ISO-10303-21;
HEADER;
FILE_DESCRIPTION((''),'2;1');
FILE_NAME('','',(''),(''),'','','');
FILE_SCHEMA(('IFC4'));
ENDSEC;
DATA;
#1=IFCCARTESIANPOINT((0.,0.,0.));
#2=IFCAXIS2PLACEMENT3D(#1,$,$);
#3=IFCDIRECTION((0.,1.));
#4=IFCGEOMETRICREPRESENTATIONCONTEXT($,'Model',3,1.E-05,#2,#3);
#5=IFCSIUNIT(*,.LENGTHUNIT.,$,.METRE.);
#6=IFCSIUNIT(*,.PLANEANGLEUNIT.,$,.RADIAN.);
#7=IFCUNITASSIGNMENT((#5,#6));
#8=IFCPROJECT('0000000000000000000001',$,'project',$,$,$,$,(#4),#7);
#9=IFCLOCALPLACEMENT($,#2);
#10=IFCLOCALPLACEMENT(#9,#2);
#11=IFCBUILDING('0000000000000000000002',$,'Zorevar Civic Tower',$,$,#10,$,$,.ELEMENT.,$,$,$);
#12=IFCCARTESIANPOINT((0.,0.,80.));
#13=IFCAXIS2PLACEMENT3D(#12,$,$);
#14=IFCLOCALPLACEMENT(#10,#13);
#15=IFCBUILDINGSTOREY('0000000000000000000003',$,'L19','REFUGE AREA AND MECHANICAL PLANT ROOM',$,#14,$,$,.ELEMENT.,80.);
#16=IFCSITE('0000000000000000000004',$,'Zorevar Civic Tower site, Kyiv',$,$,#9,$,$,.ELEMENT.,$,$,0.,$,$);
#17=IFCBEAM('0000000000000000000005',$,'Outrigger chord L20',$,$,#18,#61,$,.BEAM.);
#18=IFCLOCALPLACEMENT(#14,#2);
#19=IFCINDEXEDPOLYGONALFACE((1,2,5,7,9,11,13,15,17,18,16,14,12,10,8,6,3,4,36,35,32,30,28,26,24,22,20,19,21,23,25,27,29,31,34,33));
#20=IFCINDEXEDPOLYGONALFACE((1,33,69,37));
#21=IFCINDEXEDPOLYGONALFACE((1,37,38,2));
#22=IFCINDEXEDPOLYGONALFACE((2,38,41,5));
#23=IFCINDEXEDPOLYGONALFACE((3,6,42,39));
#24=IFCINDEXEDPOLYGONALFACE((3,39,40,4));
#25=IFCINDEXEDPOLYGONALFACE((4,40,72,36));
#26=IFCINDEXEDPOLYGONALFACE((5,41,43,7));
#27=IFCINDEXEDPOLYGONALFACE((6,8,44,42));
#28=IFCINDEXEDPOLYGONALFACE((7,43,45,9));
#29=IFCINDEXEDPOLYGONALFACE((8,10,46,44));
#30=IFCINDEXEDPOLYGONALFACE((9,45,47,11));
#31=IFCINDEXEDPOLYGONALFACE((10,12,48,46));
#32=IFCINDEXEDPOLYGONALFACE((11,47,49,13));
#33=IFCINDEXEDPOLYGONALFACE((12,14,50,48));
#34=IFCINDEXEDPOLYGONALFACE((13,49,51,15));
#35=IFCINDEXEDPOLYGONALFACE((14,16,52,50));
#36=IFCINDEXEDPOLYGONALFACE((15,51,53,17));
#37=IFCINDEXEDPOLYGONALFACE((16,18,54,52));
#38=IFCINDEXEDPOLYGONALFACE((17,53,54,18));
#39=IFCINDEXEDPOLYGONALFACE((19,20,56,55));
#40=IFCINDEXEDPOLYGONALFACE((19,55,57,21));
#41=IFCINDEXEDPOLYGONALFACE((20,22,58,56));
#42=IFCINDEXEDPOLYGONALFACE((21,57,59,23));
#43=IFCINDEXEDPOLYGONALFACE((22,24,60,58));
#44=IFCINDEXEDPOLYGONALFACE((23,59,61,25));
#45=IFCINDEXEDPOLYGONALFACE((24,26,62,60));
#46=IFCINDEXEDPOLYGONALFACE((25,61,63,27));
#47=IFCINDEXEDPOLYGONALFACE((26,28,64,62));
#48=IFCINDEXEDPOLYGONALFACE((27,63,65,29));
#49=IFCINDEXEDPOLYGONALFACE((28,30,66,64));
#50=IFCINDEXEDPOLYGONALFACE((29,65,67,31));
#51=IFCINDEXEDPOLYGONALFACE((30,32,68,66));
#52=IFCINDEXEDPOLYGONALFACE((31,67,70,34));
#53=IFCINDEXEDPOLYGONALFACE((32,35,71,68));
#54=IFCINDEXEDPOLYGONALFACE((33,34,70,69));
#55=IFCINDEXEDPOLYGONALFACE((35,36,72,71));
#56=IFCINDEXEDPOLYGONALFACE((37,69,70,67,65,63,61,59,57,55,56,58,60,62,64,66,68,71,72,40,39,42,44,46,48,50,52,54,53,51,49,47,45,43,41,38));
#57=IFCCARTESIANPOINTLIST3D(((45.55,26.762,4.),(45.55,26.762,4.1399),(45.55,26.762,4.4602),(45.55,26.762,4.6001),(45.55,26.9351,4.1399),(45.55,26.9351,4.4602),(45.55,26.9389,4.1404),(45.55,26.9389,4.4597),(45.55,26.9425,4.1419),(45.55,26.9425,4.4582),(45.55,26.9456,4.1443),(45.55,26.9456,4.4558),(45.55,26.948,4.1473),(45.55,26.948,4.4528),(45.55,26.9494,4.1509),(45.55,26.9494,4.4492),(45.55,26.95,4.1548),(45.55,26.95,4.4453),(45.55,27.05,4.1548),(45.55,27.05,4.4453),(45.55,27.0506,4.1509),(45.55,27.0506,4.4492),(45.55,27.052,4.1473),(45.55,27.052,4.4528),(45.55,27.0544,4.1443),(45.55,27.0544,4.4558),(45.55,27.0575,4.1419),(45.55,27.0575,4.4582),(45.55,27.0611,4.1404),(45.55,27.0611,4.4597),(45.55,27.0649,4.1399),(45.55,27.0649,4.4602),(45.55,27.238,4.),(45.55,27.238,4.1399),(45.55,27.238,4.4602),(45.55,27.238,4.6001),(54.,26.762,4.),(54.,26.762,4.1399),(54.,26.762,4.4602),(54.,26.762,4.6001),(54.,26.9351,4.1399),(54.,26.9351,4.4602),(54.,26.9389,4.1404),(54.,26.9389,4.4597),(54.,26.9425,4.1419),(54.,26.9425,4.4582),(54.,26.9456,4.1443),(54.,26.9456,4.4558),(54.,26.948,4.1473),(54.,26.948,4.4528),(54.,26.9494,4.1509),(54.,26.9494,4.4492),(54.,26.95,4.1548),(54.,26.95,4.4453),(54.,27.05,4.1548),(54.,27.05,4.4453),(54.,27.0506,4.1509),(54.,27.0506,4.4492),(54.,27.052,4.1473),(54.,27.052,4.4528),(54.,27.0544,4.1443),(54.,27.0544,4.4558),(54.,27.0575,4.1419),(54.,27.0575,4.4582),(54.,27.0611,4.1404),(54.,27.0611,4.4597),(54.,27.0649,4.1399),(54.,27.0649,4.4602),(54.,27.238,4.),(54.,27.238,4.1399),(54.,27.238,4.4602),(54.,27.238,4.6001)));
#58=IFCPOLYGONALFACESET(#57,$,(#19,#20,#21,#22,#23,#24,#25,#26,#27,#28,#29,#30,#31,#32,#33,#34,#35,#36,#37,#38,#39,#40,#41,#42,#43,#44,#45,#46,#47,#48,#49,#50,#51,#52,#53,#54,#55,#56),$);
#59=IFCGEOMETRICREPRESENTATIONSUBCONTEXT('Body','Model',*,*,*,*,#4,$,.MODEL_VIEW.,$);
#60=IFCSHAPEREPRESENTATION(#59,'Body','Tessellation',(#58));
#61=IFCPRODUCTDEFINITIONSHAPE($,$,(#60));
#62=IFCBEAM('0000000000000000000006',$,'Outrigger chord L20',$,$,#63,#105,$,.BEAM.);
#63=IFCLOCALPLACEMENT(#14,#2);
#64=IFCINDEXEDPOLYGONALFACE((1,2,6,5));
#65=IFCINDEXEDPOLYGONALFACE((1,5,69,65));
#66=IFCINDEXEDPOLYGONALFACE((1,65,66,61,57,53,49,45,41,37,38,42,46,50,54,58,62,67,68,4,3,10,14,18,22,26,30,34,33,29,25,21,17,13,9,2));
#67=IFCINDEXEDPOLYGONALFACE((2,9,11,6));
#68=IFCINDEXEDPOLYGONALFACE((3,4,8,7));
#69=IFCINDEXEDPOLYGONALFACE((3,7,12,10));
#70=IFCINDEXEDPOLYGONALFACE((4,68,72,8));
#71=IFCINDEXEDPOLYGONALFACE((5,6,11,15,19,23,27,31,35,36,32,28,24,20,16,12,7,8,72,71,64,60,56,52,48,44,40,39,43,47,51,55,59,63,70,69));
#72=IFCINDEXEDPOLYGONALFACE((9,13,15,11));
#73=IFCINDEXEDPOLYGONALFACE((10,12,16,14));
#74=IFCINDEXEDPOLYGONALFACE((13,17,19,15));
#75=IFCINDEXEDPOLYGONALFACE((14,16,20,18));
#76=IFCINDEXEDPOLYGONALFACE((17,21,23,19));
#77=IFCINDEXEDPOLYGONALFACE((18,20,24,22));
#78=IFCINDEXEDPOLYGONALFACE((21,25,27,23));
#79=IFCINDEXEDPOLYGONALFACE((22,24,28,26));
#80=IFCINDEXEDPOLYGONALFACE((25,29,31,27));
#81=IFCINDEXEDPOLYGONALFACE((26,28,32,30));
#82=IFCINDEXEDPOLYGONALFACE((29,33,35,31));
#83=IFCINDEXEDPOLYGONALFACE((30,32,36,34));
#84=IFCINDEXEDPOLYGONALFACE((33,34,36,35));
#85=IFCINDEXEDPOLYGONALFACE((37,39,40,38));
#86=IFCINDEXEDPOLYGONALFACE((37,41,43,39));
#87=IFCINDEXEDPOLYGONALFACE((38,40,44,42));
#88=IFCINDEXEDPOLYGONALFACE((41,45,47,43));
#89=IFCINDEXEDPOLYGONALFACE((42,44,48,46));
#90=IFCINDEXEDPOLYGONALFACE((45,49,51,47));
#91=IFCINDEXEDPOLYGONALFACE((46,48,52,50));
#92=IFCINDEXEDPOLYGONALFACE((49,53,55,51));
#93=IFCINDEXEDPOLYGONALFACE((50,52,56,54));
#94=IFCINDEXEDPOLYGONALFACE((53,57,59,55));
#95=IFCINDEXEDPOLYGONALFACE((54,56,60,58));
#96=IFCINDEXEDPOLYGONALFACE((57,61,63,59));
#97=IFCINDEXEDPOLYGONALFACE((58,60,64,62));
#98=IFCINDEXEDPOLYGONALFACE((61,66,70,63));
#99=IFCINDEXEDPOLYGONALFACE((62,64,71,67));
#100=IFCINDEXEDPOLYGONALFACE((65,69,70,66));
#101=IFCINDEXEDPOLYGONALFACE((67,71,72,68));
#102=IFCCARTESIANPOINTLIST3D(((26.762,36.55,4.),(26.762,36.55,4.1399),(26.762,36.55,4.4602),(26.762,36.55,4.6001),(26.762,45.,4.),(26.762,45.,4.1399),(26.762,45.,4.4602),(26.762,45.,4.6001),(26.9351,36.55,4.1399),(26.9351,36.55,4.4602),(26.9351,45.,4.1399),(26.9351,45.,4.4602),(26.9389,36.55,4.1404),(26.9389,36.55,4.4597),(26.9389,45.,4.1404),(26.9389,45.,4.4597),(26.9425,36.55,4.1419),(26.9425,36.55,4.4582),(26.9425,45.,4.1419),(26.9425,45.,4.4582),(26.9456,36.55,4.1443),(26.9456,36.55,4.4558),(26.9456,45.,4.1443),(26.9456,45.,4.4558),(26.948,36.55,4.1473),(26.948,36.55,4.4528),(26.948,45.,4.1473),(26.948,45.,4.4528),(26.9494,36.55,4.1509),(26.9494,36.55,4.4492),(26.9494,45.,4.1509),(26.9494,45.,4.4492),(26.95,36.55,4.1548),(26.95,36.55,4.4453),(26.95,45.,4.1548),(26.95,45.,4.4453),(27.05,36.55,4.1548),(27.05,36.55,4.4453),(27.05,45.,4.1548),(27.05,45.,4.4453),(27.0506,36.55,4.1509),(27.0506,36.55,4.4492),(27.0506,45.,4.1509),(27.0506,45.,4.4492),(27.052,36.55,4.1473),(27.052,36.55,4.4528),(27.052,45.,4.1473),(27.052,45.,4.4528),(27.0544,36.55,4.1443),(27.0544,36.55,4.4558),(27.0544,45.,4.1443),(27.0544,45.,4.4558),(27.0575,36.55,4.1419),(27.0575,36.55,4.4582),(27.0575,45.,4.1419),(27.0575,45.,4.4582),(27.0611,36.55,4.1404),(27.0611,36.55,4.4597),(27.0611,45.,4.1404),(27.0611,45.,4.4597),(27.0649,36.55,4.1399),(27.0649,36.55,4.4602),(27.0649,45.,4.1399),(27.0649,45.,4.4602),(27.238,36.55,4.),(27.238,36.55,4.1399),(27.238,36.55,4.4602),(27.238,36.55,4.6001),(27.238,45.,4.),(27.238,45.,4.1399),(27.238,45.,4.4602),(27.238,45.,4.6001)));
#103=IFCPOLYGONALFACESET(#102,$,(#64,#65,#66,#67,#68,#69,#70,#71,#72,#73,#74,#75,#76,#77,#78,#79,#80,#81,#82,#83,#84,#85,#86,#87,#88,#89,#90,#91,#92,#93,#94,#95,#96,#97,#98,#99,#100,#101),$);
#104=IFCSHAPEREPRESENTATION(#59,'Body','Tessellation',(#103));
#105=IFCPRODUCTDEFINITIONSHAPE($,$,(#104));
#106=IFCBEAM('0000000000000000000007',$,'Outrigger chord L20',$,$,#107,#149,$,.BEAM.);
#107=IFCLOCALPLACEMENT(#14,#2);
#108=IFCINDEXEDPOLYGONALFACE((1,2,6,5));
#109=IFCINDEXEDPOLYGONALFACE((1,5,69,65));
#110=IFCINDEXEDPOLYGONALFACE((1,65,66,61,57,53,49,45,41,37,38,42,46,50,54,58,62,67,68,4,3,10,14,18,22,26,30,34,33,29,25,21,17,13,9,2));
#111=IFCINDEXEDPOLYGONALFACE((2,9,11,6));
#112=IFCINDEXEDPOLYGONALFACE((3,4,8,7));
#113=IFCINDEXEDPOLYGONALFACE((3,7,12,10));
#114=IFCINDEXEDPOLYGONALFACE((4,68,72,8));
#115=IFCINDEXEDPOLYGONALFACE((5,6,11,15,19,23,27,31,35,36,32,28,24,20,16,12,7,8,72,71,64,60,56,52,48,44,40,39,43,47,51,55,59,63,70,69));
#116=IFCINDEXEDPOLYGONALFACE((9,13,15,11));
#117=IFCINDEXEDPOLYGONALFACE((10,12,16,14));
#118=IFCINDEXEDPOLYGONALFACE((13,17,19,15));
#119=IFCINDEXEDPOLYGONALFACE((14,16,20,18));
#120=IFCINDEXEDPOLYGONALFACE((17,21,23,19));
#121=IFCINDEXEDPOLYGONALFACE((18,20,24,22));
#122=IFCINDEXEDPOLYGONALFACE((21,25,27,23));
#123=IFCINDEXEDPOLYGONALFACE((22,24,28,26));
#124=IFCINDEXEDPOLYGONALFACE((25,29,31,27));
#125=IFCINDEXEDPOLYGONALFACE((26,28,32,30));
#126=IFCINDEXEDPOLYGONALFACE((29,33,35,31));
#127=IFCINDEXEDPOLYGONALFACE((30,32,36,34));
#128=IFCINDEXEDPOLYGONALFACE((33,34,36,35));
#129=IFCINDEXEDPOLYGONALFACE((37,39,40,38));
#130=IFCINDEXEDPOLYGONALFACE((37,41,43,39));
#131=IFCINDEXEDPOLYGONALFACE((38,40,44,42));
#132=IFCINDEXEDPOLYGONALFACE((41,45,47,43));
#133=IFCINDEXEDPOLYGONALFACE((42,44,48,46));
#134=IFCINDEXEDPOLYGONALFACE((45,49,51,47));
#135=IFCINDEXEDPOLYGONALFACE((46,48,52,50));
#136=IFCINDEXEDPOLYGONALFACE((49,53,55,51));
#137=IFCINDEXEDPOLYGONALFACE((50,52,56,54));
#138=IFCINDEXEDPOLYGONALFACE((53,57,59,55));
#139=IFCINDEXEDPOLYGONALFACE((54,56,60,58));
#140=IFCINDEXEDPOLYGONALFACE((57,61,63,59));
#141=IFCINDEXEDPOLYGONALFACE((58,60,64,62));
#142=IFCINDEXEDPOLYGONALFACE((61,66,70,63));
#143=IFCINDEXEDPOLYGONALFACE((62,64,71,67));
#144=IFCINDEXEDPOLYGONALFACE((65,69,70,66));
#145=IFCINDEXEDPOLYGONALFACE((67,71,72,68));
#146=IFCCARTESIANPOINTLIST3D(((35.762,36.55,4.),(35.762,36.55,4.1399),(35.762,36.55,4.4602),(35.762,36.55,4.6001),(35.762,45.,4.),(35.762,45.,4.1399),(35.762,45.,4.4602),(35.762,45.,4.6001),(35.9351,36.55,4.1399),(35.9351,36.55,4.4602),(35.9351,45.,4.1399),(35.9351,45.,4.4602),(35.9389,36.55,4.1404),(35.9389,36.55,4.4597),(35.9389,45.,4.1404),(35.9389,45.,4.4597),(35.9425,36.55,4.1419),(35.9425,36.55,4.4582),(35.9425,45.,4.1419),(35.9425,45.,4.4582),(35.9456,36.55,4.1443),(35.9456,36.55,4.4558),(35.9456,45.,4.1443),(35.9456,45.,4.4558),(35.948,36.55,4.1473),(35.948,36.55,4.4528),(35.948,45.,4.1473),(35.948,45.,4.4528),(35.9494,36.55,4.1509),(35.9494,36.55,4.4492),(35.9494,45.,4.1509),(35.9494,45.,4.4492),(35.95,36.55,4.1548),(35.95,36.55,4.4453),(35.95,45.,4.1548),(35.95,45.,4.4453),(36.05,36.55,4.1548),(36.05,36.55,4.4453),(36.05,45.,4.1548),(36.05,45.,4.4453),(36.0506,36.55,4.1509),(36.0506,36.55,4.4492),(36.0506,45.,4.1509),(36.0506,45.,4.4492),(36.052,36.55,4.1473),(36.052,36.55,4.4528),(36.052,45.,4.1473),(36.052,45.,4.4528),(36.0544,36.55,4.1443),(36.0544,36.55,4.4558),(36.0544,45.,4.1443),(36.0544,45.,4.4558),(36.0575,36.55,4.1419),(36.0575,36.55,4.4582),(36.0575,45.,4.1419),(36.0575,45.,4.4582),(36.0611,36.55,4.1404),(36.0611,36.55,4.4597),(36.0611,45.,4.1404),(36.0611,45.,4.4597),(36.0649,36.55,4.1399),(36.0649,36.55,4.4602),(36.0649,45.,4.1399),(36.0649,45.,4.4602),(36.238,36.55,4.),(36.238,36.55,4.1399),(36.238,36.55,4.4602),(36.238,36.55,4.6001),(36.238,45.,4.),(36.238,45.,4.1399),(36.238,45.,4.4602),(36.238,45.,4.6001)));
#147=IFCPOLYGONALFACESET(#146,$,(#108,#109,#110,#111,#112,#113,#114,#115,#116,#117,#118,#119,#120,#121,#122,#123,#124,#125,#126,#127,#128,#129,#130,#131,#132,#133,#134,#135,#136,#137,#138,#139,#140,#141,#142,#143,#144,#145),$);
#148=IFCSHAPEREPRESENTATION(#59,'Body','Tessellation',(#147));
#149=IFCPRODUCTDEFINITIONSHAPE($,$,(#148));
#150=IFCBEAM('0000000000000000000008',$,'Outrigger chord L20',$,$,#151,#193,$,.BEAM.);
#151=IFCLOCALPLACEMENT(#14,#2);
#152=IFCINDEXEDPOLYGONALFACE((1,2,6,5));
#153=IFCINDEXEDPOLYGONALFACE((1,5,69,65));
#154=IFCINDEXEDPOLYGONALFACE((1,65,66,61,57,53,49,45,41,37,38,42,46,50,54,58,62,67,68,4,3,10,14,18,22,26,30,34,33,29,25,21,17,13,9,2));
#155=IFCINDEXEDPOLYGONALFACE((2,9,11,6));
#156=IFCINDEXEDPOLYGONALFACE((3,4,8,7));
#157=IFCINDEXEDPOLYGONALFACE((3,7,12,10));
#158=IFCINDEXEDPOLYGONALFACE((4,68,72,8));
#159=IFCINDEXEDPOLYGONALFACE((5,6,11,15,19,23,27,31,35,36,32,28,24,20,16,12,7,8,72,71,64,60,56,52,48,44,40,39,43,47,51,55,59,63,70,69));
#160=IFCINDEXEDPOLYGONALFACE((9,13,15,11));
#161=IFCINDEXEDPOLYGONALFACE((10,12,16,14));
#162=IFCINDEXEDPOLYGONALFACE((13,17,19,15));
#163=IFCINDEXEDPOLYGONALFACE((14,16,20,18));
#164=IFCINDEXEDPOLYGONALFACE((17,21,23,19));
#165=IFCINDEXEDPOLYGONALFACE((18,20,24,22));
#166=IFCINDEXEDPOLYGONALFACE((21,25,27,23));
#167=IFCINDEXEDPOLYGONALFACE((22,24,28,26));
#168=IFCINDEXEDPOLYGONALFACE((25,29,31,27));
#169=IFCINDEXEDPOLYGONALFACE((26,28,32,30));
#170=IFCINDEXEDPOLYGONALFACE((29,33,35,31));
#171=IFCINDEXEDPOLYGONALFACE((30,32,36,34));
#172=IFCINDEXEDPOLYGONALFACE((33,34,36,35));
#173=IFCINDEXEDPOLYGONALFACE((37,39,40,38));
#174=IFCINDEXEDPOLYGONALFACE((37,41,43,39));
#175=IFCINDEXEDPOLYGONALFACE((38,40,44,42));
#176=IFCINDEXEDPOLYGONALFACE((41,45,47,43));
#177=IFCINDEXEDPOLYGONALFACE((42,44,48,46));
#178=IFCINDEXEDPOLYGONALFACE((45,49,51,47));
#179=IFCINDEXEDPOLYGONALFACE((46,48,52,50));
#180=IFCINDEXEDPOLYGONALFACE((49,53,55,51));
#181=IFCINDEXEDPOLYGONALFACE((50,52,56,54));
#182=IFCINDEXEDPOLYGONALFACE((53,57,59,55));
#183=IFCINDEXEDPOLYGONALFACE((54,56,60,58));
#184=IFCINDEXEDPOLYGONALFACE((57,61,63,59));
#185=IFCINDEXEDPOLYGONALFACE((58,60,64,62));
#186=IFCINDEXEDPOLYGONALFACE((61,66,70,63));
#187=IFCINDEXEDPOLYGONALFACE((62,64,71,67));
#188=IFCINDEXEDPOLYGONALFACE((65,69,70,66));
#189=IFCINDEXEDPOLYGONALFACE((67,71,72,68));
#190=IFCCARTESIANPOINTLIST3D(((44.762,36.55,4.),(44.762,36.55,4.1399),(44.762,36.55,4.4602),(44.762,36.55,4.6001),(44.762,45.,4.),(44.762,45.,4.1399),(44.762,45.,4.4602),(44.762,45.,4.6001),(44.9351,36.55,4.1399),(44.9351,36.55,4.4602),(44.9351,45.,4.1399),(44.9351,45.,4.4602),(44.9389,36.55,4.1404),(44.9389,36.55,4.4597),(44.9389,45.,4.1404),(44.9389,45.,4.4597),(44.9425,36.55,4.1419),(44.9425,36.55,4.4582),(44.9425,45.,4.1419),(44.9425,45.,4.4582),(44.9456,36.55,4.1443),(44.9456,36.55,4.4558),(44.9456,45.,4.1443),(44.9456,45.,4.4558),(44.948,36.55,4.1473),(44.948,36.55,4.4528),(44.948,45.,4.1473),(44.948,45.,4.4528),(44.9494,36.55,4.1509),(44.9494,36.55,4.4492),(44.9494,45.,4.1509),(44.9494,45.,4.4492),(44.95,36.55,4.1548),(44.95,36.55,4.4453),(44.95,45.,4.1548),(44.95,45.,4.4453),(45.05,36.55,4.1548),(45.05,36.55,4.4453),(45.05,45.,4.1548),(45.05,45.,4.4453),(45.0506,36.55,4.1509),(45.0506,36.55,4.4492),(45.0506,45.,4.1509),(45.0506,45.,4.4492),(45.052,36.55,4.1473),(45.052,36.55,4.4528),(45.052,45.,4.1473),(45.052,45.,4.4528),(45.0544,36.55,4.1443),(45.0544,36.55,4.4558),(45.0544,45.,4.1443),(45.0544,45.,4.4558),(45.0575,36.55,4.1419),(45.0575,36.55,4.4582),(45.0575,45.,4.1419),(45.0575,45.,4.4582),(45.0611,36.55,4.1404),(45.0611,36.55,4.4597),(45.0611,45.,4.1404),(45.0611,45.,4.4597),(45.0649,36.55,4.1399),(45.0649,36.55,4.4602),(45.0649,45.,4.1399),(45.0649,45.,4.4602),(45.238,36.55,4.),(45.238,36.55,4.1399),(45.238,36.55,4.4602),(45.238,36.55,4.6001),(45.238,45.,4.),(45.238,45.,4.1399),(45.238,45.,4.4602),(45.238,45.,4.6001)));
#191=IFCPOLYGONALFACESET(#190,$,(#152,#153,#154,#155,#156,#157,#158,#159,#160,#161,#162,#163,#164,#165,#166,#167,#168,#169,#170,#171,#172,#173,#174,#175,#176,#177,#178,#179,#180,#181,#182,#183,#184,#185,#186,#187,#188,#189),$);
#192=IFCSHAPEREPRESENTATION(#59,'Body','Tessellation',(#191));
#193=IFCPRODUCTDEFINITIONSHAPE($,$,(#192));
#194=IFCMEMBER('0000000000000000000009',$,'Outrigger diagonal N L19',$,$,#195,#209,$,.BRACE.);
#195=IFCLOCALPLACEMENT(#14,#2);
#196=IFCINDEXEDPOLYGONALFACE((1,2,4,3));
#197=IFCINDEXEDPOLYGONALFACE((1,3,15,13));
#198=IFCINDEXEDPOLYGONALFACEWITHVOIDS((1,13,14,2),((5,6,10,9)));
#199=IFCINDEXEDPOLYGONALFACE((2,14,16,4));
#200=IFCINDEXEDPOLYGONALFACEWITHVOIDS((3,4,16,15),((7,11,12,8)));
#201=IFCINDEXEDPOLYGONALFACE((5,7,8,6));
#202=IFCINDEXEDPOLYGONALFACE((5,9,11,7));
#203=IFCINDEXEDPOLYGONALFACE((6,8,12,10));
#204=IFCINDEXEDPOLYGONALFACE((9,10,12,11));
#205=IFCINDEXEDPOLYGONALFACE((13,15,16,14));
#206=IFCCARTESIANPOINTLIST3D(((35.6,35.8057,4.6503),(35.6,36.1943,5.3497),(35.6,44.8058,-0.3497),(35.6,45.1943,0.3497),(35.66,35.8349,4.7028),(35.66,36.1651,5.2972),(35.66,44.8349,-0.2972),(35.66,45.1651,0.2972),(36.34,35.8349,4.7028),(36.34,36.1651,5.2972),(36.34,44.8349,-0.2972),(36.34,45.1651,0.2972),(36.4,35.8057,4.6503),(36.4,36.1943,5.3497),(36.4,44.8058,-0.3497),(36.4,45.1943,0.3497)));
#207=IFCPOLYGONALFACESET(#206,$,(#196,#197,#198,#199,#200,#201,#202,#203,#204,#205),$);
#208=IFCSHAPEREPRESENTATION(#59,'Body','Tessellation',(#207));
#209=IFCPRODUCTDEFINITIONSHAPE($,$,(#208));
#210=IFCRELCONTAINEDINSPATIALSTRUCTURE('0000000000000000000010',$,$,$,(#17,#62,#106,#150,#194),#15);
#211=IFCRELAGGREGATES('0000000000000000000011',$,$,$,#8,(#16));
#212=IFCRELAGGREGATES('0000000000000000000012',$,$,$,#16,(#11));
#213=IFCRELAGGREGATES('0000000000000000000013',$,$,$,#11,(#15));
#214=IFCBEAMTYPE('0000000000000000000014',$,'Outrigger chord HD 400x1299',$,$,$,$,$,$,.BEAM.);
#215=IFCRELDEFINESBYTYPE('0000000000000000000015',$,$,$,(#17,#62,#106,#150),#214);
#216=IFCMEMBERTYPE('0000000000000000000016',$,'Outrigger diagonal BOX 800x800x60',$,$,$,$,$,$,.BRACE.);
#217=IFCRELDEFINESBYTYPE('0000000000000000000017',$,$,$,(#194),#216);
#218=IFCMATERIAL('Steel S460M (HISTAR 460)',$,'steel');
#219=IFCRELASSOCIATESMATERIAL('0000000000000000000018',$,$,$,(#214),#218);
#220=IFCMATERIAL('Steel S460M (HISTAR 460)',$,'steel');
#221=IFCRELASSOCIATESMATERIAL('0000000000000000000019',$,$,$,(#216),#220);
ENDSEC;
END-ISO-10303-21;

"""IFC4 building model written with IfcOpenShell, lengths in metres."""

from ifc_helpers import new_model, si_unit, direction, frame, origin, origin_2d, place, context, subcontext, project, spatial, hollow_rectangle, i_section, extrude, material, material_profile, profile_set, type_object, element, save


model = new_model("IFC4")

# Units and contexts
model_context = context("Model", 3, precision=1e-05, world=origin(), true_north=direction((0.0, 1.0)))
body_context = subcontext(model_context, "Body", "Model", "MODEL_VIEW")
ifc_project = project(units=[si_unit("LENGTHUNIT", "METRE"), si_unit("PLANEANGLEUNIT", "RADIAN")], contexts=[model_context])

# Site, building, storey
site_placement = place(None, origin())
site = spatial("IfcSite", under=ifc_project, at=site_placement, Name="Zorevar Civic Tower site, Kyiv", CompositionType="ELEMENT", RefElevation=0.0)
building_placement = place(site_placement, origin())
building = spatial("IfcBuilding", under=site, at=building_placement, Name="Zorevar Civic Tower", CompositionType="ELEMENT")
storey_placement = place(building_placement, frame((0.0, 0.0, 80.0)))
storey = spatial("IfcBuildingStorey", under=building, at=storey_placement, Name="L19", Description="REFUGE AREA AND MECHANICAL PLANT ROOM", CompositionType="ELEMENT", Elevation=80.0)

# Beams
ifc_material_1 = material(Name="Steel S460M (HISTAR 460)", Category="steel")
ifc_material_profile_1 = material_profile(ifc_material_1, i_section(OverallWidth=0.4761, OverallDepth=0.6001, WebThickness=0.1001, FlangeThickness=0.1399, FilletRadius=0.0149, at=origin_2d()), Name="HD 400x1299")
ifc_profile_set_1 = profile_set([ifc_material_profile_1], Name="Steel S460M (HISTAR 460)")
beam_type = type_object("IfcBeamType", Name="Outrigger chord HD 400x1299", PredefinedType="BEAM", material=ifc_profile_set_1)
for number, where, z_axis, x_axis, name in (
    (1, (45.55, 27.0, 4.3), (1.0, 0.0, 0.0), (0.0, 1.0, 0.0), "Outrigger chord L20"),
    (2, (27.0, 36.55, 4.3), (0.0, 1.0, 0.0), (-1.0, 0.0, 0.0), "Outrigger chord L20"),
    (3, (36.0, 36.55, 4.3), (0.0, 1.0, 0.0), (-1.0, 0.0, 0.0), "Outrigger chord L20"),
    (4, (45.0, 36.55, 4.3), (0.0, 1.0, 0.0), (-1.0, 0.0, 0.0), "Outrigger chord L20"),
):
    element("IfcBeam", number, at=place(storey_placement, frame(where, z_axis=z_axis, x_axis=x_axis)), inside=storey, type_object=beam_type, Name=name, PredefinedType="BEAM", context=body_context, shape_type="SweptSolid", body=[
        extrude(i_section(OverallWidth=0.4761, OverallDepth=0.6001, WebThickness=0.1001, FlangeThickness=0.1399, FilletRadius=0.0149, at=origin_2d()), origin(), (0.0, 0.0, 1.0), 8.45),
    ])

# Member
ifc_material_2 = material(Name="Steel S460M (HISTAR 460)", Category="steel")
ifc_material_profile_2 = material_profile(ifc_material_2, hollow_rectangle(XDim=0.8, YDim=0.8, WallThickness=0.0601, at=origin_2d()), Name="BOX 800x800x60")
ifc_profile_set_2 = profile_set([ifc_material_profile_2], Name="Steel S460M (HISTAR 460)")
member_type = type_object("IfcMemberType", Name="Outrigger diagonal BOX 800x800x60", PredefinedType="BRACE", material=ifc_profile_set_2)
for number, where, z_axis, x_axis, name in (
    (5, (36.0, 36.0, 5.0), (0.0, 0.874157, -0.485643), (-1.0, 0.0, 0.0), "Outrigger diagonal N L19"),
):
    element("IfcMember", number, at=place(storey_placement, frame(where, z_axis=z_axis, x_axis=x_axis)), inside=storey, type_object=member_type, Name=name, PredefinedType="BRACE", context=body_context, shape_type="SweptSolid", body=[
        extrude(hollow_rectangle(XDim=0.8, YDim=0.8, WallThickness=0.0601, at=origin_2d()), origin(), (0.0, 0.0, 1.0), 10.2957),
    ])

save(model, "model.ifc")
